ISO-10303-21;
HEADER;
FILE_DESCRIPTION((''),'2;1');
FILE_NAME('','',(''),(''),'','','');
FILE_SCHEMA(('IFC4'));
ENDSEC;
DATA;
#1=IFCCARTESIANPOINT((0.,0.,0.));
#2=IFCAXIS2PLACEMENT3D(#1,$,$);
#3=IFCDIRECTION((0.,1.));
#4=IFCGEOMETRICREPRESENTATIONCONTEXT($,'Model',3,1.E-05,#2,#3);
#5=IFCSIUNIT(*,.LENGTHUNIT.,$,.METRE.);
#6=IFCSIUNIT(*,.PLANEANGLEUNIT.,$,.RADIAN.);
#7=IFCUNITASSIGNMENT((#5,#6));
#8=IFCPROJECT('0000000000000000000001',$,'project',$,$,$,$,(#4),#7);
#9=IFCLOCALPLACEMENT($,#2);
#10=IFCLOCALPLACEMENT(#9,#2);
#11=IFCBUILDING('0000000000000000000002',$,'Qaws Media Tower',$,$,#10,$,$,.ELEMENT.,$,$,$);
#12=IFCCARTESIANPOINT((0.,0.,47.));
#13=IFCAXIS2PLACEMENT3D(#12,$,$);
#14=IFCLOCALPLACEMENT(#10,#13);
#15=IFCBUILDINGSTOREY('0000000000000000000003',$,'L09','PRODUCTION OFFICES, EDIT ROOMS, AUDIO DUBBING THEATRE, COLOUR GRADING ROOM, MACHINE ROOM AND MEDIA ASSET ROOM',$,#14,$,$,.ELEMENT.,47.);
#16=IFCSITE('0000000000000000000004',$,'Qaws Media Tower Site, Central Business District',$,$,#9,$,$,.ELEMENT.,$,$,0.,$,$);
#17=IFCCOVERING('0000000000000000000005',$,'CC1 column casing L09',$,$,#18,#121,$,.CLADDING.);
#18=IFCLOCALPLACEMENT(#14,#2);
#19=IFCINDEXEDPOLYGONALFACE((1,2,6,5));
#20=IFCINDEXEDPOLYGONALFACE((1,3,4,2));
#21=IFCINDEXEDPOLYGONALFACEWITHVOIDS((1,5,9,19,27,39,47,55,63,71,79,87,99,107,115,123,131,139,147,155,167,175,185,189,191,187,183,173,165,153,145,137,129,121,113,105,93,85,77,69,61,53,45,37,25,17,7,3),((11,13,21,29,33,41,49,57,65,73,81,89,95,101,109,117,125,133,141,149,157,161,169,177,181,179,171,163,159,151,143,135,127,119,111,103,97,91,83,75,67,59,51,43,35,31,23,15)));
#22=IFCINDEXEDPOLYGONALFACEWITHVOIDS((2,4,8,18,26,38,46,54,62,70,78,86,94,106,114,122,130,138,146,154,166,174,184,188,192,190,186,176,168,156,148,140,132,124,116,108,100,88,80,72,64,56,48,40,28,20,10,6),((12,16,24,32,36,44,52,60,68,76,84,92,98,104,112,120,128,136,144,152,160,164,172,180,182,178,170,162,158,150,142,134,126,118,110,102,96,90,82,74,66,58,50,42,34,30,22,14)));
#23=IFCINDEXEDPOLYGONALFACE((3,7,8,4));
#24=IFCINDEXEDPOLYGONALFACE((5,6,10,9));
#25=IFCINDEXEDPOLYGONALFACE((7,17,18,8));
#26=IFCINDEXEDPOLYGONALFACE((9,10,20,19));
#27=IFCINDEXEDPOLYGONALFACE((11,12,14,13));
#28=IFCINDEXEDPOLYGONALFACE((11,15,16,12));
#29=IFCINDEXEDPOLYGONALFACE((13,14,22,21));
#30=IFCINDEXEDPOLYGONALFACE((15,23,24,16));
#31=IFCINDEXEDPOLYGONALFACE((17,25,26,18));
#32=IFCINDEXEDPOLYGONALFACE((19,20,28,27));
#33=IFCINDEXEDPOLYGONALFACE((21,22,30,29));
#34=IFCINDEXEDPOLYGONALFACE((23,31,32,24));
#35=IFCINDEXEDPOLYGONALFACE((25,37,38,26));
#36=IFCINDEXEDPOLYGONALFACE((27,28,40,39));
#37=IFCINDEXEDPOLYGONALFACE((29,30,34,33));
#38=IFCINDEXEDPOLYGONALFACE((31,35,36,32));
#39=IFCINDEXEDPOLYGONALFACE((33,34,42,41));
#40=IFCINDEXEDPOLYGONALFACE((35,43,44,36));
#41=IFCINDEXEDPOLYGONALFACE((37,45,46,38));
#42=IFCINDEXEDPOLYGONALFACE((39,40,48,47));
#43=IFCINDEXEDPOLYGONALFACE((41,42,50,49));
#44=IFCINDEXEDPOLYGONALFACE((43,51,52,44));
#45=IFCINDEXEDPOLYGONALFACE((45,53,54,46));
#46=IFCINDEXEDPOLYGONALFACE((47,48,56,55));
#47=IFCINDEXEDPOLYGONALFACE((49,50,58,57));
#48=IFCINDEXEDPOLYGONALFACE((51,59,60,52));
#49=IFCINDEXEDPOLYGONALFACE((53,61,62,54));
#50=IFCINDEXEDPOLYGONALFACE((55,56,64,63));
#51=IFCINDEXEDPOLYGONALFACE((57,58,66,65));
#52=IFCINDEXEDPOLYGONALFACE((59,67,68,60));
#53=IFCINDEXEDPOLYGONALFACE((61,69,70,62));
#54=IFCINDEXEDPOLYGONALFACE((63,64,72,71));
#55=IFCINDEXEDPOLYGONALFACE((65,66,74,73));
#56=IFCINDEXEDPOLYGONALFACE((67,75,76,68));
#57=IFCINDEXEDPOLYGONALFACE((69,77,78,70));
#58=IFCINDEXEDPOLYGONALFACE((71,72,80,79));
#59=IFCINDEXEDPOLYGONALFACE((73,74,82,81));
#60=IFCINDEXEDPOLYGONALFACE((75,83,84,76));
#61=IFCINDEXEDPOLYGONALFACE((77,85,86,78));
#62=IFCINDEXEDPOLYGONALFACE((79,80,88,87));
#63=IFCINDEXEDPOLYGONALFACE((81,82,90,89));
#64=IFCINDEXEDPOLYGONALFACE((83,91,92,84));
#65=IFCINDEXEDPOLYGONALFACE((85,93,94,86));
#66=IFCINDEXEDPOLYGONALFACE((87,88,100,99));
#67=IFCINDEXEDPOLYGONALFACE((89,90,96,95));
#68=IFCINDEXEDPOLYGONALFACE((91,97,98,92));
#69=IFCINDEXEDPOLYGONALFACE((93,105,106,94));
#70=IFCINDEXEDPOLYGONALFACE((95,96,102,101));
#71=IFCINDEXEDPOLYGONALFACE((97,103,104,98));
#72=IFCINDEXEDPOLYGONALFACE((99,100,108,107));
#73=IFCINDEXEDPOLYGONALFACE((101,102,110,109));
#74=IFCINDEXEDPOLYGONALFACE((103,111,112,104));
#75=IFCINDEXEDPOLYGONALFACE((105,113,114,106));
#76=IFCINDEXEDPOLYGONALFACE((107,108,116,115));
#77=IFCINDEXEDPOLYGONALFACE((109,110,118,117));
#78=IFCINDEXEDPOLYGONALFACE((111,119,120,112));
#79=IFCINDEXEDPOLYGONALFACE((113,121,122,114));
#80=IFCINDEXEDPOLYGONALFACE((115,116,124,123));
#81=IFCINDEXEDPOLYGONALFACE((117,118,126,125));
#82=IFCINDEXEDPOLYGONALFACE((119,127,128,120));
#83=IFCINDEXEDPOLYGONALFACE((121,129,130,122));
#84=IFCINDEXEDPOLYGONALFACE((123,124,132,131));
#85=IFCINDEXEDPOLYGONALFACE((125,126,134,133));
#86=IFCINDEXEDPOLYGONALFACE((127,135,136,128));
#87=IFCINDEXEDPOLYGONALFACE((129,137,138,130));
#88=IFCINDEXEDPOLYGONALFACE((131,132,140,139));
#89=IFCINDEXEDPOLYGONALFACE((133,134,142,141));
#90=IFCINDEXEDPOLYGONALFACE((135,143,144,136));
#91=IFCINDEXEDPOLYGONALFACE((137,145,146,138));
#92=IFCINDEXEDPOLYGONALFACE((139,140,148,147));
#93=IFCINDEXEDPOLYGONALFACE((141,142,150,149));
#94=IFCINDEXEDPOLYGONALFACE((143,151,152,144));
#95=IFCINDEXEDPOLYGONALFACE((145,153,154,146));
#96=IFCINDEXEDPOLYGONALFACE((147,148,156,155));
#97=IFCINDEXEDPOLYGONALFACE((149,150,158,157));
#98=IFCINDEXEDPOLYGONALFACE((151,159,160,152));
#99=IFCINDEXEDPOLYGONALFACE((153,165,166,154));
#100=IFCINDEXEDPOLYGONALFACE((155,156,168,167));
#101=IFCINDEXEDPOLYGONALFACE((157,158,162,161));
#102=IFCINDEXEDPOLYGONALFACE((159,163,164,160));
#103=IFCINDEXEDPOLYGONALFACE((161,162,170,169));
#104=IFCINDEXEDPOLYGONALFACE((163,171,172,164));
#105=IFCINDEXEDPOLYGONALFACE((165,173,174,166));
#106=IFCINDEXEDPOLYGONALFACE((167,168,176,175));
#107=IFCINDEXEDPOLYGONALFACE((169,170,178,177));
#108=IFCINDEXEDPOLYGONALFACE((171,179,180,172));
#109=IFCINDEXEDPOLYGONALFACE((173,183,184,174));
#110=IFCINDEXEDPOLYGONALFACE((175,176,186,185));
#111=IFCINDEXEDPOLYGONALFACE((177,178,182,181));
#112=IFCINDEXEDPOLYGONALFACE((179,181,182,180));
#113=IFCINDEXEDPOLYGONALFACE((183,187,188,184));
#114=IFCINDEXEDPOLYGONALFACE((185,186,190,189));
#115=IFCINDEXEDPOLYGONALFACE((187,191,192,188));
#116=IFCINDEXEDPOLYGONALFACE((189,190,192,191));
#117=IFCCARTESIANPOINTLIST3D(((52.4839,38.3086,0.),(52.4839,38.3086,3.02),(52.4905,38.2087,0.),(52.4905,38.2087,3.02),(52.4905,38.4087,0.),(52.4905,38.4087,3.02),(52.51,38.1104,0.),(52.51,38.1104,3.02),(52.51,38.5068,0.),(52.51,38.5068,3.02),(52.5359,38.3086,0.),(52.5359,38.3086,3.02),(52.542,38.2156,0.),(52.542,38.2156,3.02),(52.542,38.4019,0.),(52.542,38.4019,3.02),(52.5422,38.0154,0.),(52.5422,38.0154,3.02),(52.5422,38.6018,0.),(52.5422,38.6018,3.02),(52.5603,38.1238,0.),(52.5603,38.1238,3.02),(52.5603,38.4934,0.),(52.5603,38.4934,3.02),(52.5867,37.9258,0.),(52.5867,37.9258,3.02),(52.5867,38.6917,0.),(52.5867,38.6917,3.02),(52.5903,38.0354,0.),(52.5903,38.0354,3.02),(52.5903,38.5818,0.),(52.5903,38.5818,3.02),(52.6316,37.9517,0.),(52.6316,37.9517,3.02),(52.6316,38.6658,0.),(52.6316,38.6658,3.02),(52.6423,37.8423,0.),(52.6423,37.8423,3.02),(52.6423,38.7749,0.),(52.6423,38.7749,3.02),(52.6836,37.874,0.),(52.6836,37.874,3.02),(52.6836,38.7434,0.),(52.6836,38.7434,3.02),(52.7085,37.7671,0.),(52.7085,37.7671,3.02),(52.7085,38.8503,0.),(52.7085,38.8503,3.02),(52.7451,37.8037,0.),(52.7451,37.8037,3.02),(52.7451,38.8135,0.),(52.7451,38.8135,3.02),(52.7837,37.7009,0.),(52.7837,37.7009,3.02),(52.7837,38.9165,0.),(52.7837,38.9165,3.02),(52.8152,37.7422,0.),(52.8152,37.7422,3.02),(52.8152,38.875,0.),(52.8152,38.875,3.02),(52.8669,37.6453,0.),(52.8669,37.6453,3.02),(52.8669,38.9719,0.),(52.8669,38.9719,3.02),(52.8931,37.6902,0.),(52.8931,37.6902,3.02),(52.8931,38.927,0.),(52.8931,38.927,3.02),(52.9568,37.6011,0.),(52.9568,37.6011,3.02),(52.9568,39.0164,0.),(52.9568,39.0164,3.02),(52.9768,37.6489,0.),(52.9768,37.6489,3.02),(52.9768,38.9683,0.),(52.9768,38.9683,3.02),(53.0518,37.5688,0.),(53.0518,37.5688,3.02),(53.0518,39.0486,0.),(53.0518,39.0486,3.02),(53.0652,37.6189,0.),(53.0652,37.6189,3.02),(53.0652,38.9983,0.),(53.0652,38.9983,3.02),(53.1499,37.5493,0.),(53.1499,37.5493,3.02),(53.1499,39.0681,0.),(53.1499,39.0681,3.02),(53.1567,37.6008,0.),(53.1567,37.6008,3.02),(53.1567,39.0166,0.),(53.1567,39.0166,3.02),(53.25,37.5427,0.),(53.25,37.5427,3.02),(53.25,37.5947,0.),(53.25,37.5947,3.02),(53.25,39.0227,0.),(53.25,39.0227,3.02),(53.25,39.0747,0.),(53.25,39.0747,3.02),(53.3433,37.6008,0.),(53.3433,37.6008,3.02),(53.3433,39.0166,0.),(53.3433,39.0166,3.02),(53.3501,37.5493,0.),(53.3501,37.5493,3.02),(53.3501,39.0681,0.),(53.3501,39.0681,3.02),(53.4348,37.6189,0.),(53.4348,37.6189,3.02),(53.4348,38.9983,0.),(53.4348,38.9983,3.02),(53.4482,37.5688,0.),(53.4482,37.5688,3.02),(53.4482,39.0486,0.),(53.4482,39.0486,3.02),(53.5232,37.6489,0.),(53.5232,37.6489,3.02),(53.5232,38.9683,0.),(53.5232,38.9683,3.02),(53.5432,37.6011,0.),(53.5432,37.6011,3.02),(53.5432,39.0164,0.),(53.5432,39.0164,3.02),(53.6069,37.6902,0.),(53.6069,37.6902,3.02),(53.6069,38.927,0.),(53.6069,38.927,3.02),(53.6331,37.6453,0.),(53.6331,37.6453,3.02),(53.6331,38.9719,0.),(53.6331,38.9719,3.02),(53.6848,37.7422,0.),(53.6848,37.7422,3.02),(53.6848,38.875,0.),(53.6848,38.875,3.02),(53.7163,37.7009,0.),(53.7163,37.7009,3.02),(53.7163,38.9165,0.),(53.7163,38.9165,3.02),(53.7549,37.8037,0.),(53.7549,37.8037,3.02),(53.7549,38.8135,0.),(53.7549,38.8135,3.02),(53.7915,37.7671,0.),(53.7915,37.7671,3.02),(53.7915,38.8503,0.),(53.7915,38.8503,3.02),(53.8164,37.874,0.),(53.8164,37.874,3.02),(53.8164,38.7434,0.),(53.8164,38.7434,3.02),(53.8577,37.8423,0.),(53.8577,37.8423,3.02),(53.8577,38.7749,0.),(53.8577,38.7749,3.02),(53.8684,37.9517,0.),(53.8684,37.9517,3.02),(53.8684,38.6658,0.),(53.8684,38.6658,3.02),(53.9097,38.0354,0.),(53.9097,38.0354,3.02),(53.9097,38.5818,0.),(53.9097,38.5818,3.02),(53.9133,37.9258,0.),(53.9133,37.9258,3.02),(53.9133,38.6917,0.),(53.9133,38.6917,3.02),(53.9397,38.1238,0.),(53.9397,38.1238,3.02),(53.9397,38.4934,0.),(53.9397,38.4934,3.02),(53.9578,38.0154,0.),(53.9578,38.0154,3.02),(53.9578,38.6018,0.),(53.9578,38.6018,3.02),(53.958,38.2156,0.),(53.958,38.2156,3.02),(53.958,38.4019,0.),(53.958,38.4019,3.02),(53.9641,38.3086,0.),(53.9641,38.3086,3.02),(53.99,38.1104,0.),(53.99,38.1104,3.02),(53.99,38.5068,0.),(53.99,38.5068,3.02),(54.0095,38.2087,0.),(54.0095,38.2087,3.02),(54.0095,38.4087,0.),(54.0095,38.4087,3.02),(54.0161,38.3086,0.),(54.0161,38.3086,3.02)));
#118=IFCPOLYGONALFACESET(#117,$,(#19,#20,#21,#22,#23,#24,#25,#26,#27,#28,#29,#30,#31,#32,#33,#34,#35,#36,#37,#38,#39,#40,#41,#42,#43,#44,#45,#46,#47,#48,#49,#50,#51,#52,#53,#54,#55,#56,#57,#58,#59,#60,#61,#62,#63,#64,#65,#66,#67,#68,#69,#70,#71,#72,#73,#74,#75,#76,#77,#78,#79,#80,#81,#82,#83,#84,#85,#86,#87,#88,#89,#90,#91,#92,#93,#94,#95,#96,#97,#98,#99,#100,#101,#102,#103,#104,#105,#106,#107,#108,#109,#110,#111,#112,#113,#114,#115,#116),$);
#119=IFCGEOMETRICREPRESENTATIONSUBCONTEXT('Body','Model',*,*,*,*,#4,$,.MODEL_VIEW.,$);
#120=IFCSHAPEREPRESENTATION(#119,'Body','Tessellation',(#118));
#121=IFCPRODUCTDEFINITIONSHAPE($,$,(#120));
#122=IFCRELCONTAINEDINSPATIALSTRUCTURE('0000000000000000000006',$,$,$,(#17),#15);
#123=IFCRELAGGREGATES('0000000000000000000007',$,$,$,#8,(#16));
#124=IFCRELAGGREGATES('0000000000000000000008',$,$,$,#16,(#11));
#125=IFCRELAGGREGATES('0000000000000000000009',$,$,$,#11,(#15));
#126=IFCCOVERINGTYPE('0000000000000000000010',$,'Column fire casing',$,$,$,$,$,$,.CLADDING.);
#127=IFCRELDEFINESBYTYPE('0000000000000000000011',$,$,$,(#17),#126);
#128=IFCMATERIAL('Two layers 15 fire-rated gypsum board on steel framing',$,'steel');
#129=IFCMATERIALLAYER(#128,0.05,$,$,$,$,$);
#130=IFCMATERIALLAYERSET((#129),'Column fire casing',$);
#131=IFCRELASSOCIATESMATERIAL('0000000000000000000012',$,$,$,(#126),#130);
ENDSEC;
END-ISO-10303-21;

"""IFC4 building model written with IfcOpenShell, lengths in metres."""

from ifc_helpers import new_model, si_unit, direction, frame, origin, place, context, subcontext, project, spatial, polyline, outline, extrude, material, layer, layer_set, type_object, element, save


model = new_model("IFC4")

# Units and contexts
model_context = context("Model", 3, precision=1e-05, world=origin(), true_north=direction((0.0, 1.0)))
body_context = subcontext(model_context, "Body", "Model", "MODEL_VIEW")
ifc_project = project(units=[si_unit("LENGTHUNIT", "METRE"), si_unit("PLANEANGLEUNIT", "RADIAN")], contexts=[model_context])

# Site, building, storey
site_placement = place(None, origin())
site = spatial("IfcSite", under=ifc_project, at=site_placement, Name="Qaws Media Tower Site, Central Business District", CompositionType="ELEMENT", RefElevation=0.0)
building_placement = place(site_placement, origin())
building = spatial("IfcBuilding", under=site, at=building_placement, Name="Qaws Media Tower", CompositionType="ELEMENT")
storey_placement = place(building_placement, frame((0.0, 0.0, 47.0)))
storey = spatial("IfcBuildingStorey", under=building, at=storey_placement, Name="L09", Description="PRODUCTION OFFICES, EDIT ROOMS, AUDIO DUBBING THEATRE, COLOUR GRADING ROOM, MACHINE ROOM AND MEDIA ASSET ROOM", CompositionType="ELEMENT", Elevation=47.0)

# Covering
ifc_material_1 = material(Name="Two layers 15 fire-rated gypsum board on steel framing", Category="steel")
ifc_layer_1 = layer(ifc_material_1, 0.05)
ifc_layer_set_1 = layer_set([ifc_layer_1], Name="Column fire casing")
covering_type = type_object("IfcCoveringType", Name="Column fire casing", PredefinedType="CLADDING", material=ifc_layer_set_1)
covering_1_placement = place(storey_placement, origin())
element("IfcCovering", 1, at=covering_1_placement, inside=storey, type_object=covering_type, Name="CC1 column casing L09", PredefinedType="CLADDING", context=body_context, shape_type="SweptSolid", body=[
    extrude(outline(polyline([(54.0161, 38.3086), (54.0095, 38.2087), (53.99, 38.1104), (53.9578, 38.0154), (53.9133, 37.9258), (53.8577, 37.8423), (53.7915, 37.7671), (53.7163, 37.7009), (53.6331, 37.6453), (53.5432, 37.6011), (53.4482, 37.5688), (53.3501, 37.5493), (53.25, 37.5427), (53.1499, 37.5493), (53.0518, 37.5688), (52.9568, 37.6011), (52.8669, 37.6453), (52.7837, 37.7009), (52.7085, 37.7671), (52.6423, 37.8423), (52.5867, 37.9258), (52.5422, 38.0154), (52.51, 38.1104), (52.4905, 38.2087), (52.4839, 38.3086), (52.4905, 38.4087), (52.51, 38.5068), (52.5422, 38.6018), (52.5867, 38.6917), (52.6423, 38.7749), (52.7085, 38.8503), (52.7837, 38.9165), (52.8669, 38.9719), (52.9568, 39.0164), (53.0518, 39.0486), (53.1499, 39.0681), (53.25, 39.0747), (53.3501, 39.0681), (53.4482, 39.0486), (53.5432, 39.0164), (53.6331, 38.9719), (53.7163, 38.9165), (53.7915, 38.8503), (53.8577, 38.7749), (53.9133, 38.6917), (53.9578, 38.6018), (53.99, 38.5068), (54.0095, 38.4087), (54.0161, 38.3086)]), holes=[polyline([(53.9641, 38.3086), (53.958, 38.2156), (53.9397, 38.1238), (53.9097, 38.0354), (53.8684, 37.9517), (53.8164, 37.874), (53.7549, 37.8037), (53.6848, 37.7422), (53.6069, 37.6902), (53.5232, 37.6489), (53.4348, 37.6189), (53.3433, 37.6008), (53.25, 37.5947), (53.1567, 37.6008), (53.0652, 37.6189), (52.9768, 37.6489), (52.8931, 37.6902), (52.8152, 37.7422), (52.7451, 37.8037), (52.6836, 37.874), (52.6316, 37.9517), (52.5903, 38.0354), (52.5603, 38.1238), (52.542, 38.2156), (52.5359, 38.3086), (52.542, 38.4019), (52.5603, 38.4934), (52.5903, 38.5818), (52.6316, 38.6658), (52.6836, 38.7434), (52.7451, 38.8135), (52.8152, 38.875), (52.8931, 38.927), (52.9768, 38.9683), (53.0652, 38.9983), (53.1567, 39.0166), (53.25, 39.0227), (53.3433, 39.0166), (53.4348, 38.9983), (53.5232, 38.9683), (53.6069, 38.927), (53.6848, 38.875), (53.7549, 38.8135), (53.8164, 38.7434), (53.8684, 38.6658), (53.9097, 38.5818), (53.9397, 38.4934), (53.958, 38.4019), (53.9641, 38.3086)])]), origin(), (0.0, 0.0, 1.0), 3.02),
])

save(model, "model.ifc")
